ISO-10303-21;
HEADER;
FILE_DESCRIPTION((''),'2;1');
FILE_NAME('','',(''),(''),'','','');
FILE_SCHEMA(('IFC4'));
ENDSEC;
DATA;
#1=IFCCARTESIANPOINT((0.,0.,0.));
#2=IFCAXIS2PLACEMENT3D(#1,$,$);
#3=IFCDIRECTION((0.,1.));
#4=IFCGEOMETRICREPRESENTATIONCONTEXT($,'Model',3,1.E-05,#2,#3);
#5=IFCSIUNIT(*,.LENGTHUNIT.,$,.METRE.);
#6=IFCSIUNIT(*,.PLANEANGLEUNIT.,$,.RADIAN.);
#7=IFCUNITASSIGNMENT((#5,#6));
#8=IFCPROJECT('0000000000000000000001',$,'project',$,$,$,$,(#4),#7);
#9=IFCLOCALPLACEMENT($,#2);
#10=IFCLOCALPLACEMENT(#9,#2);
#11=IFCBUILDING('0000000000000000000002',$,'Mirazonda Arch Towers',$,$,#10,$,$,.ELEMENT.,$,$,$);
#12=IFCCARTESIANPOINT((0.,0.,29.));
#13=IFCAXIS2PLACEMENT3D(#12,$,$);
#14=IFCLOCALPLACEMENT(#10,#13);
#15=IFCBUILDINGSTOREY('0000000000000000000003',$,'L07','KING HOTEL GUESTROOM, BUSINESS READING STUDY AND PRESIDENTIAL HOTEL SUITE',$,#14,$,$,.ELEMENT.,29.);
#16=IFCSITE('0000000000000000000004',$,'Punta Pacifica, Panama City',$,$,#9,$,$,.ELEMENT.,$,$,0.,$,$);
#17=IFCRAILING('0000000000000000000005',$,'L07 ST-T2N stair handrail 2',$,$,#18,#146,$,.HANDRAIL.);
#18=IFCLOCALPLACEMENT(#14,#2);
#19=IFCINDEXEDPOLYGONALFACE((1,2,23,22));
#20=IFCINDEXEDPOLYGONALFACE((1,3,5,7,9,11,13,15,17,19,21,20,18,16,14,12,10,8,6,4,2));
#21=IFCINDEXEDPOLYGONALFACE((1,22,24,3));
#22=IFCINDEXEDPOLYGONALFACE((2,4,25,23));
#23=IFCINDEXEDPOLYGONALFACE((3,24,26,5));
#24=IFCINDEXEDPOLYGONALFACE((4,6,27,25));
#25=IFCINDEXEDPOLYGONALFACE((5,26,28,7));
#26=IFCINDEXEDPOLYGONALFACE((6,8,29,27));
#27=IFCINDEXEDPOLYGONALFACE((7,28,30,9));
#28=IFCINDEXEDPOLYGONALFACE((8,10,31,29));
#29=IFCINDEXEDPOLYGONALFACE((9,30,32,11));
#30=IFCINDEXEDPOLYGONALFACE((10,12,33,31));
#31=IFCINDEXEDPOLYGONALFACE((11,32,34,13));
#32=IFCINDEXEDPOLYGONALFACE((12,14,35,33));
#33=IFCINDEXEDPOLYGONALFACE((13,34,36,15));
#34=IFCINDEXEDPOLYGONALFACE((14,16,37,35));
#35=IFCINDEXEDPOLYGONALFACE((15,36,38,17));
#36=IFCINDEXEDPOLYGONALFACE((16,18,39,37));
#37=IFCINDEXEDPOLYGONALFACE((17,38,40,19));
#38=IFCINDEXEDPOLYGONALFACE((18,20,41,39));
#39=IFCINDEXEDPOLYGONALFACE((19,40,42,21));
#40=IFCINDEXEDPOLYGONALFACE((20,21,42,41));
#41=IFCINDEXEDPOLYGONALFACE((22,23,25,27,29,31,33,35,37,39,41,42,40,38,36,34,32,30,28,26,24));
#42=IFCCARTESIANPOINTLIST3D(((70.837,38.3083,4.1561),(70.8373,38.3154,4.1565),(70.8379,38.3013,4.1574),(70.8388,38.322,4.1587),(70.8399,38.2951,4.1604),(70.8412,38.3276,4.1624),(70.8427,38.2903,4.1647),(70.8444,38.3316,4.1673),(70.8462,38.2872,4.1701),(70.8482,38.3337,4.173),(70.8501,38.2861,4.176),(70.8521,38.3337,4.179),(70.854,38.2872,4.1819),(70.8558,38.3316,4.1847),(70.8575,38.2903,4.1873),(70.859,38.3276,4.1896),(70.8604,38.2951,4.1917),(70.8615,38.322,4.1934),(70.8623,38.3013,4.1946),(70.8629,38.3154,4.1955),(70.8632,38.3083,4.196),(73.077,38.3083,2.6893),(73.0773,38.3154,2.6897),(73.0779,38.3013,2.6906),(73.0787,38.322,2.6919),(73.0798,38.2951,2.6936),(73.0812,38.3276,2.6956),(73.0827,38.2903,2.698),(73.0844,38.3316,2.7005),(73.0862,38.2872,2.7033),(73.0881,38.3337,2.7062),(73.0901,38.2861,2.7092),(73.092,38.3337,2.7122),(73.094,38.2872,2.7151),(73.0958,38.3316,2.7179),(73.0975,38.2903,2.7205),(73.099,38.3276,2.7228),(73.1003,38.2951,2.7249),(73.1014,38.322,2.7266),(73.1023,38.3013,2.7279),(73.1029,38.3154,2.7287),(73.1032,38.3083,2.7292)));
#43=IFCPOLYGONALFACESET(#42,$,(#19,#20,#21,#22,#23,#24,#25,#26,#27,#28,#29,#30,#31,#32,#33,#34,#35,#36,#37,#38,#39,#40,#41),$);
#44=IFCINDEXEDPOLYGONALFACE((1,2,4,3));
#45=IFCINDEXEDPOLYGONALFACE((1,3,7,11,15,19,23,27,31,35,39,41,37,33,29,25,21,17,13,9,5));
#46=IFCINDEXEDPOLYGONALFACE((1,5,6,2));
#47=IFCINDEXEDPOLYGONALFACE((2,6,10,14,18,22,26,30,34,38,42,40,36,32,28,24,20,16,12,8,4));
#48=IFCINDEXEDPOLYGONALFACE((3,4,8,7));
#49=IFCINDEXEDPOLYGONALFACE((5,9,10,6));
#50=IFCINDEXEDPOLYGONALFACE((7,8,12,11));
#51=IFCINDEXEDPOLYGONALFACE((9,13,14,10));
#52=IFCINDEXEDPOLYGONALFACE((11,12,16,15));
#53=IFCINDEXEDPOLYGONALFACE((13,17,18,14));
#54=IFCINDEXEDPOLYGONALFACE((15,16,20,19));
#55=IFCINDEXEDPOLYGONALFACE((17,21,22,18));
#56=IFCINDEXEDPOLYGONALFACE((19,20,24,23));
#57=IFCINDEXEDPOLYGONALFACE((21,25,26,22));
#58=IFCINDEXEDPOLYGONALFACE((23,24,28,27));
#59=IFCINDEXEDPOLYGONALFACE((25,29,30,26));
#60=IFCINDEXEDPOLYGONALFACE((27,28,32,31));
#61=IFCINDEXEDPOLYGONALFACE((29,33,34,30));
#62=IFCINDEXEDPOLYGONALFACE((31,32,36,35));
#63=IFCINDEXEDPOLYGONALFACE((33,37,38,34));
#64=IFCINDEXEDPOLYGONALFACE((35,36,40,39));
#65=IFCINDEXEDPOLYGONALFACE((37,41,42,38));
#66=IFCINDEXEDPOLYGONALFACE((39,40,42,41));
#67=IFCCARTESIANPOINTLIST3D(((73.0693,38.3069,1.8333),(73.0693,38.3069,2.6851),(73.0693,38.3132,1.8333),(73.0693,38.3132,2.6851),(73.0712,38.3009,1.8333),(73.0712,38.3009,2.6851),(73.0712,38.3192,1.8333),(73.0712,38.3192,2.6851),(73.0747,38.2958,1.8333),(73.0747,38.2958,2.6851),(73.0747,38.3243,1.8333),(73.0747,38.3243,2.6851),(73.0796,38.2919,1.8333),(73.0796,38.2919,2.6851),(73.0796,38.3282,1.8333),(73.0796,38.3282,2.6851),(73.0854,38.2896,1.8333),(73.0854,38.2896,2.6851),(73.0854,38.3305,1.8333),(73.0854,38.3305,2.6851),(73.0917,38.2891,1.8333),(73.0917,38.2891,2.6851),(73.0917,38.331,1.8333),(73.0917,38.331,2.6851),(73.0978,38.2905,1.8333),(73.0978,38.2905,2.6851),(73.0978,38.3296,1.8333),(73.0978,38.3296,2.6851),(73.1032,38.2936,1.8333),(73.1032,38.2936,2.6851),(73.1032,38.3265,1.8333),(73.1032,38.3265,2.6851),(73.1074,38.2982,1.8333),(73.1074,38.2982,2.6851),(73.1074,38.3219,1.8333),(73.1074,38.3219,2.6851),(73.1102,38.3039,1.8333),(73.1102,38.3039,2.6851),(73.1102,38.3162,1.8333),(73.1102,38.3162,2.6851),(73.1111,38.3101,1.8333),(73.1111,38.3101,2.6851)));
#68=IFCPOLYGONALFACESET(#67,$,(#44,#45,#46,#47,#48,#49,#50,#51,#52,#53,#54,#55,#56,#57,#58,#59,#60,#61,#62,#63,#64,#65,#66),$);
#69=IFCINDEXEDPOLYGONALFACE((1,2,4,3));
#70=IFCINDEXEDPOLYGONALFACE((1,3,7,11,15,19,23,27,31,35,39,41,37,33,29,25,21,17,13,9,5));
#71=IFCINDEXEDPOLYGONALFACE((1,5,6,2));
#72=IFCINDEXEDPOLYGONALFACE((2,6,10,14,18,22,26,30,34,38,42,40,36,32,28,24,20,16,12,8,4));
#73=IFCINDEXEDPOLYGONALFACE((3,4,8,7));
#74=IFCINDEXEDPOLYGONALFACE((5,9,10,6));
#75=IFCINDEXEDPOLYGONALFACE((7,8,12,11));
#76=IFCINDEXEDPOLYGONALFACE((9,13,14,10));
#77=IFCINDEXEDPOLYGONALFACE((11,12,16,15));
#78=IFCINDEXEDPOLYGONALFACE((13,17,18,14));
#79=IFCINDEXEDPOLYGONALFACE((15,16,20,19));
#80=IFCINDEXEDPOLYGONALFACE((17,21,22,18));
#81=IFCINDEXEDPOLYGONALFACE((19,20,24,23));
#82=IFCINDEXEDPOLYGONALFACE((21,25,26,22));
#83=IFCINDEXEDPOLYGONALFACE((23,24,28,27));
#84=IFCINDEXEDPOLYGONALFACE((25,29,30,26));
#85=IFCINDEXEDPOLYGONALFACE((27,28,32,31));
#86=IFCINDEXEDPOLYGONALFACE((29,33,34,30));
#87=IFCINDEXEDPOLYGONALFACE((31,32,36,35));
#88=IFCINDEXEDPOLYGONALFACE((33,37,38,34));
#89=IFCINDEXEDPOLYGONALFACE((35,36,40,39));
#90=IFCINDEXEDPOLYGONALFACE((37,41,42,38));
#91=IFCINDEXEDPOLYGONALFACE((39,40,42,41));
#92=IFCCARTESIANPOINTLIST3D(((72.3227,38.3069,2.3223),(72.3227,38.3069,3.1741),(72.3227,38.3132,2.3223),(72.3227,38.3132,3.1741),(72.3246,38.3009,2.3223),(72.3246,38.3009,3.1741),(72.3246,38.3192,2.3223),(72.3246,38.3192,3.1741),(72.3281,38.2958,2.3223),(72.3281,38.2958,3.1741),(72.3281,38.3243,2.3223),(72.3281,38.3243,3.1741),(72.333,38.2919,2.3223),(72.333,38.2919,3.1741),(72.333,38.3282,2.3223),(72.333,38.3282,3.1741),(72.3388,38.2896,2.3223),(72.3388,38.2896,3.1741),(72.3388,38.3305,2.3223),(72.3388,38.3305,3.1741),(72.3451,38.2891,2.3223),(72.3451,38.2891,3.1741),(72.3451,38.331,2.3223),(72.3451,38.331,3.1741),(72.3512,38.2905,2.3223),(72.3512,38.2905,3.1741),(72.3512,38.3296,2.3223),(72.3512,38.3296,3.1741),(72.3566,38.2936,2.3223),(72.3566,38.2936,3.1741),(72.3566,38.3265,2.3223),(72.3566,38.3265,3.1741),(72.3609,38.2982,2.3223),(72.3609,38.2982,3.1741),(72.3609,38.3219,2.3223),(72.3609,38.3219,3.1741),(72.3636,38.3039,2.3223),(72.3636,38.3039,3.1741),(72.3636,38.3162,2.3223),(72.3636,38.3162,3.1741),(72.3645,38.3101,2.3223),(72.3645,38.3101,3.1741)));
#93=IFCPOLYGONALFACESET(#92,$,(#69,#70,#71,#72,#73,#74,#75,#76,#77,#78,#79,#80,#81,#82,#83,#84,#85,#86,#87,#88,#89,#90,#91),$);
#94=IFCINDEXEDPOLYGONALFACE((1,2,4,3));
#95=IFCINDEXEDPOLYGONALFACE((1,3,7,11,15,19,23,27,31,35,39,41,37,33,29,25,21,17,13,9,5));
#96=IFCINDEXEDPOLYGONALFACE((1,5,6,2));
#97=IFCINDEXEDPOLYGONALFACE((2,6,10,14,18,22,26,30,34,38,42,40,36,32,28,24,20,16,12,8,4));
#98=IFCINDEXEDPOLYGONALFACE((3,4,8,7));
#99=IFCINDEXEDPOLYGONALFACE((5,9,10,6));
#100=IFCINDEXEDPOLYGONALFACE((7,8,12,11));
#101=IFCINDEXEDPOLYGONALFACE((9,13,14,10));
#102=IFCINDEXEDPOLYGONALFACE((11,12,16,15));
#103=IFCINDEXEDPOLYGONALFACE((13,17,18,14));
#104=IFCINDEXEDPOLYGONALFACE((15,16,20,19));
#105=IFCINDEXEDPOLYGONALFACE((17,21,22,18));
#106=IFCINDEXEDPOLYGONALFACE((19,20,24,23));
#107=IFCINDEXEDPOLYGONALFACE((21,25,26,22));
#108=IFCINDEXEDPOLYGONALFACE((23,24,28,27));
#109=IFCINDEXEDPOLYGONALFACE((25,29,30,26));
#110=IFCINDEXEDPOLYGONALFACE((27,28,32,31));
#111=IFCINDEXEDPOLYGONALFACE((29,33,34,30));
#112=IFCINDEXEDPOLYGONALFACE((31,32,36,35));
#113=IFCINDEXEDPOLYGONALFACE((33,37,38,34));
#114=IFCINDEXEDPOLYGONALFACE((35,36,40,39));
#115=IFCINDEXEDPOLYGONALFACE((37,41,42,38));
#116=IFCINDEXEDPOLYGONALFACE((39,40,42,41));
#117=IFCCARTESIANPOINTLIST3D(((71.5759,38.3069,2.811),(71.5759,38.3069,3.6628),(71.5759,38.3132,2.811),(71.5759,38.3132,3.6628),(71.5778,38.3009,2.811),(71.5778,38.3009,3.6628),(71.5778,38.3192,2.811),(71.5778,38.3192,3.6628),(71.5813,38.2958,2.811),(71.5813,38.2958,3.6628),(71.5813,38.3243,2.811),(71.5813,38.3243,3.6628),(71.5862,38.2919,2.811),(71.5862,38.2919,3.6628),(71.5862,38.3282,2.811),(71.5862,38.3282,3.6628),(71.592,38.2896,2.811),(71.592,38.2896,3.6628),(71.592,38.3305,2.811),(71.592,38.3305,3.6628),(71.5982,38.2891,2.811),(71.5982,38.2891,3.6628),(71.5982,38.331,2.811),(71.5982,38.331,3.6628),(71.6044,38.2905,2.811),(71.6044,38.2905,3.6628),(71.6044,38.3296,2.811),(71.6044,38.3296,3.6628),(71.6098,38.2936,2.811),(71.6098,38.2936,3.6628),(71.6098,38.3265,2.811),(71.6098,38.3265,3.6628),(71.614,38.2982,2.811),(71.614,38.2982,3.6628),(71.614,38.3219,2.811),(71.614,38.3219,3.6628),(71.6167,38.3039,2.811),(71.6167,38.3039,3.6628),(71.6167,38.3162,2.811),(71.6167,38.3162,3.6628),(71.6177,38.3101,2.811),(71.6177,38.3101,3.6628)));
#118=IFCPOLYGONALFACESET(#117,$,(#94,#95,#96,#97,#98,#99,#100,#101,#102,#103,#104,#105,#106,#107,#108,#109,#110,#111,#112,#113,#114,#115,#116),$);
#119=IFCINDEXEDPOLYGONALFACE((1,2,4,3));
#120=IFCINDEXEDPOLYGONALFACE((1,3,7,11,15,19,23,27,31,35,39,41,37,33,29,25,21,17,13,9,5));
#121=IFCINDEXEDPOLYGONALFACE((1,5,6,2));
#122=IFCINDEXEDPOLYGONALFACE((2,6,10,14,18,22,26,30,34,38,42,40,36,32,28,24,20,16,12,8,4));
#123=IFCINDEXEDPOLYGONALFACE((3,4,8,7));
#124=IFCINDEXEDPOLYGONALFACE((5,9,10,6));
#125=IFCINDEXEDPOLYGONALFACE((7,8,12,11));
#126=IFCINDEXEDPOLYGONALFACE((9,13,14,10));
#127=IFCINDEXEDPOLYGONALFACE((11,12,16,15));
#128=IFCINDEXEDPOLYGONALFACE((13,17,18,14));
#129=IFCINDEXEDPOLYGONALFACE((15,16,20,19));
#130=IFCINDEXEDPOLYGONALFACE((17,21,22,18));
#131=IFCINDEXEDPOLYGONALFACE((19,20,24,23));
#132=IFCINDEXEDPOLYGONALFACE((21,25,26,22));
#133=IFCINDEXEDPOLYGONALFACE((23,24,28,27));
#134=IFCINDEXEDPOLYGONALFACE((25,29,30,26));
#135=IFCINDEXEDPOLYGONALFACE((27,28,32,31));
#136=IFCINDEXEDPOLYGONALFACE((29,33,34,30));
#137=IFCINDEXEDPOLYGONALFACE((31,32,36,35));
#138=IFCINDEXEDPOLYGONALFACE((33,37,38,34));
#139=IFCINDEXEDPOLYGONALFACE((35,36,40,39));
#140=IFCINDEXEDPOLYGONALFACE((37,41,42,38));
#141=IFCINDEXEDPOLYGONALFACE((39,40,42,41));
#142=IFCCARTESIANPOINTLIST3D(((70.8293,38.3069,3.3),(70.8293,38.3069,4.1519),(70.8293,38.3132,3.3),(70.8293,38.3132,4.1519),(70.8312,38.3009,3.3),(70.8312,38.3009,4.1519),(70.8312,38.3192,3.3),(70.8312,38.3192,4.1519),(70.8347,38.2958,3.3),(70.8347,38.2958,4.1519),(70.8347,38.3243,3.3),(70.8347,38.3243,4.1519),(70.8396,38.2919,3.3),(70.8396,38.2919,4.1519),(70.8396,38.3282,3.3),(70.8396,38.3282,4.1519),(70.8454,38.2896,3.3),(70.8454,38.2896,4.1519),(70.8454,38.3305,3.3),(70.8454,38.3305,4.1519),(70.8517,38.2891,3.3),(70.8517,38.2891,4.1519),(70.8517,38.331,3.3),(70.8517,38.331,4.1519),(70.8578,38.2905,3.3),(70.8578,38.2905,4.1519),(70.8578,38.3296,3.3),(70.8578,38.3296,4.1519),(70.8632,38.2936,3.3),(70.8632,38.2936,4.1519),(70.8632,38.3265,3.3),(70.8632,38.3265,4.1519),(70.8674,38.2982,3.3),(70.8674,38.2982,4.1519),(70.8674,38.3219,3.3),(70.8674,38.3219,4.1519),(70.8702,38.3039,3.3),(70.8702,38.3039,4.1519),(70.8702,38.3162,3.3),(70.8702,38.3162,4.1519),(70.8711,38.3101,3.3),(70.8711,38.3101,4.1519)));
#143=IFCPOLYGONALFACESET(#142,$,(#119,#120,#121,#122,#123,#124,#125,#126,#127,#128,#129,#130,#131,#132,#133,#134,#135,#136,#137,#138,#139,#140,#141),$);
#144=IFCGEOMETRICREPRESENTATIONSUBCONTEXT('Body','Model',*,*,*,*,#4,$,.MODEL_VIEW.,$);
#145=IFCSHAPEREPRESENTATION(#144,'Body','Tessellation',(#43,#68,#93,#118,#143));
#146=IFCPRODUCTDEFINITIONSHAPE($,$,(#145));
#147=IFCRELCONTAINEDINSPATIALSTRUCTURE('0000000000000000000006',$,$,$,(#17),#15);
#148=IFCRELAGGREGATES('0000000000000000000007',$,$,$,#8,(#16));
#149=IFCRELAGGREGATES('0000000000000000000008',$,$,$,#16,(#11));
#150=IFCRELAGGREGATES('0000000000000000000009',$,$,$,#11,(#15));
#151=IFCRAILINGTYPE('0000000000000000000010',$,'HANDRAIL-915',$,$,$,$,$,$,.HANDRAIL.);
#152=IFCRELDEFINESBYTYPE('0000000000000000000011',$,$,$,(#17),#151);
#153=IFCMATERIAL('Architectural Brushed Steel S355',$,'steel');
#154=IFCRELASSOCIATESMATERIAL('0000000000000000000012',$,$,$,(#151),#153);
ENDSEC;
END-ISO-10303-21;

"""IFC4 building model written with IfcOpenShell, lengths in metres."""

from ifc_helpers import new_model, si_unit, direction, frame, origin, origin_2d, place, context, subcontext, project, spatial, circle, extrude, material, type_object, element, save


model = new_model("IFC4")

# Units and contexts
model_context = context("Model", 3, precision=1e-05, world=origin(), true_north=direction((0.0, 1.0)))
body_context = subcontext(model_context, "Body", "Model", "MODEL_VIEW")
ifc_project = project(units=[si_unit("LENGTHUNIT", "METRE"), si_unit("PLANEANGLEUNIT", "RADIAN")], contexts=[model_context])

# Site, building, storey
site_placement = place(None, origin())
site = spatial("IfcSite", under=ifc_project, at=site_placement, Name="Punta Pacifica, Panama City", CompositionType="ELEMENT", RefElevation=0.0)
building_placement = place(site_placement, origin())
building = spatial("IfcBuilding", under=site, at=building_placement, Name="Mirazonda Arch Towers", CompositionType="ELEMENT")
storey_placement = place(building_placement, frame((0.0, 0.0, 29.0)))
storey = spatial("IfcBuildingStorey", under=building, at=storey_placement, Name="L07", Description="KING HOTEL GUESTROOM, BUSINESS READING STUDY AND PRESIDENTIAL HOTEL SUITE", CompositionType="ELEMENT", Elevation=29.0)

# Shared definitions
ifc_material_1 = material(Name="Architectural Brushed Steel S355", Category="steel")

# Railing
railing_type_1 = type_object("IfcRailingType", Name="HANDRAIL-915", PredefinedType="HANDRAIL", material=ifc_material_1)
railing_1_placement = place(storey_placement, frame((73.0901, 38.3101, 1.8333)))
element("IfcRailing", 1, at=railing_1_placement, inside=storey, type_object=railing_type_1, Name="L07 ST-T2N stair handrail 2", PredefinedType="HANDRAIL", context=body_context, shape_type="SweptSolid", body=[
    extrude(circle(Radius=0.0239, at=origin_2d()), frame((0.0, 0.0, 0.876), z_axis=(-0.836595, 0.0, 0.547822), x_axis=(0.0, -1.0, 0.0)), (0.0, 0.0, 1.0), 2.6775),
    extrude(circle(Radius=0.021, at=origin_2d()), origin(), (0.0, 0.0, 1.0), 0.8518),
    extrude(circle(Radius=0.021, at=origin_2d()), frame((-0.7466, 0.0, 0.489)), (0.0, 0.0, 1.0), 0.8518),
    extrude(circle(Radius=0.021, at=origin_2d()), frame((-1.4934, 0.0, 0.9778)), (0.0, 0.0, 1.0), 0.8518),
    extrude(circle(Radius=0.021, at=origin_2d()), frame((-2.24, 0.0, 1.4668)), (0.0, 0.0, 1.0), 0.8518),
])

save(model, "model.ifc")
